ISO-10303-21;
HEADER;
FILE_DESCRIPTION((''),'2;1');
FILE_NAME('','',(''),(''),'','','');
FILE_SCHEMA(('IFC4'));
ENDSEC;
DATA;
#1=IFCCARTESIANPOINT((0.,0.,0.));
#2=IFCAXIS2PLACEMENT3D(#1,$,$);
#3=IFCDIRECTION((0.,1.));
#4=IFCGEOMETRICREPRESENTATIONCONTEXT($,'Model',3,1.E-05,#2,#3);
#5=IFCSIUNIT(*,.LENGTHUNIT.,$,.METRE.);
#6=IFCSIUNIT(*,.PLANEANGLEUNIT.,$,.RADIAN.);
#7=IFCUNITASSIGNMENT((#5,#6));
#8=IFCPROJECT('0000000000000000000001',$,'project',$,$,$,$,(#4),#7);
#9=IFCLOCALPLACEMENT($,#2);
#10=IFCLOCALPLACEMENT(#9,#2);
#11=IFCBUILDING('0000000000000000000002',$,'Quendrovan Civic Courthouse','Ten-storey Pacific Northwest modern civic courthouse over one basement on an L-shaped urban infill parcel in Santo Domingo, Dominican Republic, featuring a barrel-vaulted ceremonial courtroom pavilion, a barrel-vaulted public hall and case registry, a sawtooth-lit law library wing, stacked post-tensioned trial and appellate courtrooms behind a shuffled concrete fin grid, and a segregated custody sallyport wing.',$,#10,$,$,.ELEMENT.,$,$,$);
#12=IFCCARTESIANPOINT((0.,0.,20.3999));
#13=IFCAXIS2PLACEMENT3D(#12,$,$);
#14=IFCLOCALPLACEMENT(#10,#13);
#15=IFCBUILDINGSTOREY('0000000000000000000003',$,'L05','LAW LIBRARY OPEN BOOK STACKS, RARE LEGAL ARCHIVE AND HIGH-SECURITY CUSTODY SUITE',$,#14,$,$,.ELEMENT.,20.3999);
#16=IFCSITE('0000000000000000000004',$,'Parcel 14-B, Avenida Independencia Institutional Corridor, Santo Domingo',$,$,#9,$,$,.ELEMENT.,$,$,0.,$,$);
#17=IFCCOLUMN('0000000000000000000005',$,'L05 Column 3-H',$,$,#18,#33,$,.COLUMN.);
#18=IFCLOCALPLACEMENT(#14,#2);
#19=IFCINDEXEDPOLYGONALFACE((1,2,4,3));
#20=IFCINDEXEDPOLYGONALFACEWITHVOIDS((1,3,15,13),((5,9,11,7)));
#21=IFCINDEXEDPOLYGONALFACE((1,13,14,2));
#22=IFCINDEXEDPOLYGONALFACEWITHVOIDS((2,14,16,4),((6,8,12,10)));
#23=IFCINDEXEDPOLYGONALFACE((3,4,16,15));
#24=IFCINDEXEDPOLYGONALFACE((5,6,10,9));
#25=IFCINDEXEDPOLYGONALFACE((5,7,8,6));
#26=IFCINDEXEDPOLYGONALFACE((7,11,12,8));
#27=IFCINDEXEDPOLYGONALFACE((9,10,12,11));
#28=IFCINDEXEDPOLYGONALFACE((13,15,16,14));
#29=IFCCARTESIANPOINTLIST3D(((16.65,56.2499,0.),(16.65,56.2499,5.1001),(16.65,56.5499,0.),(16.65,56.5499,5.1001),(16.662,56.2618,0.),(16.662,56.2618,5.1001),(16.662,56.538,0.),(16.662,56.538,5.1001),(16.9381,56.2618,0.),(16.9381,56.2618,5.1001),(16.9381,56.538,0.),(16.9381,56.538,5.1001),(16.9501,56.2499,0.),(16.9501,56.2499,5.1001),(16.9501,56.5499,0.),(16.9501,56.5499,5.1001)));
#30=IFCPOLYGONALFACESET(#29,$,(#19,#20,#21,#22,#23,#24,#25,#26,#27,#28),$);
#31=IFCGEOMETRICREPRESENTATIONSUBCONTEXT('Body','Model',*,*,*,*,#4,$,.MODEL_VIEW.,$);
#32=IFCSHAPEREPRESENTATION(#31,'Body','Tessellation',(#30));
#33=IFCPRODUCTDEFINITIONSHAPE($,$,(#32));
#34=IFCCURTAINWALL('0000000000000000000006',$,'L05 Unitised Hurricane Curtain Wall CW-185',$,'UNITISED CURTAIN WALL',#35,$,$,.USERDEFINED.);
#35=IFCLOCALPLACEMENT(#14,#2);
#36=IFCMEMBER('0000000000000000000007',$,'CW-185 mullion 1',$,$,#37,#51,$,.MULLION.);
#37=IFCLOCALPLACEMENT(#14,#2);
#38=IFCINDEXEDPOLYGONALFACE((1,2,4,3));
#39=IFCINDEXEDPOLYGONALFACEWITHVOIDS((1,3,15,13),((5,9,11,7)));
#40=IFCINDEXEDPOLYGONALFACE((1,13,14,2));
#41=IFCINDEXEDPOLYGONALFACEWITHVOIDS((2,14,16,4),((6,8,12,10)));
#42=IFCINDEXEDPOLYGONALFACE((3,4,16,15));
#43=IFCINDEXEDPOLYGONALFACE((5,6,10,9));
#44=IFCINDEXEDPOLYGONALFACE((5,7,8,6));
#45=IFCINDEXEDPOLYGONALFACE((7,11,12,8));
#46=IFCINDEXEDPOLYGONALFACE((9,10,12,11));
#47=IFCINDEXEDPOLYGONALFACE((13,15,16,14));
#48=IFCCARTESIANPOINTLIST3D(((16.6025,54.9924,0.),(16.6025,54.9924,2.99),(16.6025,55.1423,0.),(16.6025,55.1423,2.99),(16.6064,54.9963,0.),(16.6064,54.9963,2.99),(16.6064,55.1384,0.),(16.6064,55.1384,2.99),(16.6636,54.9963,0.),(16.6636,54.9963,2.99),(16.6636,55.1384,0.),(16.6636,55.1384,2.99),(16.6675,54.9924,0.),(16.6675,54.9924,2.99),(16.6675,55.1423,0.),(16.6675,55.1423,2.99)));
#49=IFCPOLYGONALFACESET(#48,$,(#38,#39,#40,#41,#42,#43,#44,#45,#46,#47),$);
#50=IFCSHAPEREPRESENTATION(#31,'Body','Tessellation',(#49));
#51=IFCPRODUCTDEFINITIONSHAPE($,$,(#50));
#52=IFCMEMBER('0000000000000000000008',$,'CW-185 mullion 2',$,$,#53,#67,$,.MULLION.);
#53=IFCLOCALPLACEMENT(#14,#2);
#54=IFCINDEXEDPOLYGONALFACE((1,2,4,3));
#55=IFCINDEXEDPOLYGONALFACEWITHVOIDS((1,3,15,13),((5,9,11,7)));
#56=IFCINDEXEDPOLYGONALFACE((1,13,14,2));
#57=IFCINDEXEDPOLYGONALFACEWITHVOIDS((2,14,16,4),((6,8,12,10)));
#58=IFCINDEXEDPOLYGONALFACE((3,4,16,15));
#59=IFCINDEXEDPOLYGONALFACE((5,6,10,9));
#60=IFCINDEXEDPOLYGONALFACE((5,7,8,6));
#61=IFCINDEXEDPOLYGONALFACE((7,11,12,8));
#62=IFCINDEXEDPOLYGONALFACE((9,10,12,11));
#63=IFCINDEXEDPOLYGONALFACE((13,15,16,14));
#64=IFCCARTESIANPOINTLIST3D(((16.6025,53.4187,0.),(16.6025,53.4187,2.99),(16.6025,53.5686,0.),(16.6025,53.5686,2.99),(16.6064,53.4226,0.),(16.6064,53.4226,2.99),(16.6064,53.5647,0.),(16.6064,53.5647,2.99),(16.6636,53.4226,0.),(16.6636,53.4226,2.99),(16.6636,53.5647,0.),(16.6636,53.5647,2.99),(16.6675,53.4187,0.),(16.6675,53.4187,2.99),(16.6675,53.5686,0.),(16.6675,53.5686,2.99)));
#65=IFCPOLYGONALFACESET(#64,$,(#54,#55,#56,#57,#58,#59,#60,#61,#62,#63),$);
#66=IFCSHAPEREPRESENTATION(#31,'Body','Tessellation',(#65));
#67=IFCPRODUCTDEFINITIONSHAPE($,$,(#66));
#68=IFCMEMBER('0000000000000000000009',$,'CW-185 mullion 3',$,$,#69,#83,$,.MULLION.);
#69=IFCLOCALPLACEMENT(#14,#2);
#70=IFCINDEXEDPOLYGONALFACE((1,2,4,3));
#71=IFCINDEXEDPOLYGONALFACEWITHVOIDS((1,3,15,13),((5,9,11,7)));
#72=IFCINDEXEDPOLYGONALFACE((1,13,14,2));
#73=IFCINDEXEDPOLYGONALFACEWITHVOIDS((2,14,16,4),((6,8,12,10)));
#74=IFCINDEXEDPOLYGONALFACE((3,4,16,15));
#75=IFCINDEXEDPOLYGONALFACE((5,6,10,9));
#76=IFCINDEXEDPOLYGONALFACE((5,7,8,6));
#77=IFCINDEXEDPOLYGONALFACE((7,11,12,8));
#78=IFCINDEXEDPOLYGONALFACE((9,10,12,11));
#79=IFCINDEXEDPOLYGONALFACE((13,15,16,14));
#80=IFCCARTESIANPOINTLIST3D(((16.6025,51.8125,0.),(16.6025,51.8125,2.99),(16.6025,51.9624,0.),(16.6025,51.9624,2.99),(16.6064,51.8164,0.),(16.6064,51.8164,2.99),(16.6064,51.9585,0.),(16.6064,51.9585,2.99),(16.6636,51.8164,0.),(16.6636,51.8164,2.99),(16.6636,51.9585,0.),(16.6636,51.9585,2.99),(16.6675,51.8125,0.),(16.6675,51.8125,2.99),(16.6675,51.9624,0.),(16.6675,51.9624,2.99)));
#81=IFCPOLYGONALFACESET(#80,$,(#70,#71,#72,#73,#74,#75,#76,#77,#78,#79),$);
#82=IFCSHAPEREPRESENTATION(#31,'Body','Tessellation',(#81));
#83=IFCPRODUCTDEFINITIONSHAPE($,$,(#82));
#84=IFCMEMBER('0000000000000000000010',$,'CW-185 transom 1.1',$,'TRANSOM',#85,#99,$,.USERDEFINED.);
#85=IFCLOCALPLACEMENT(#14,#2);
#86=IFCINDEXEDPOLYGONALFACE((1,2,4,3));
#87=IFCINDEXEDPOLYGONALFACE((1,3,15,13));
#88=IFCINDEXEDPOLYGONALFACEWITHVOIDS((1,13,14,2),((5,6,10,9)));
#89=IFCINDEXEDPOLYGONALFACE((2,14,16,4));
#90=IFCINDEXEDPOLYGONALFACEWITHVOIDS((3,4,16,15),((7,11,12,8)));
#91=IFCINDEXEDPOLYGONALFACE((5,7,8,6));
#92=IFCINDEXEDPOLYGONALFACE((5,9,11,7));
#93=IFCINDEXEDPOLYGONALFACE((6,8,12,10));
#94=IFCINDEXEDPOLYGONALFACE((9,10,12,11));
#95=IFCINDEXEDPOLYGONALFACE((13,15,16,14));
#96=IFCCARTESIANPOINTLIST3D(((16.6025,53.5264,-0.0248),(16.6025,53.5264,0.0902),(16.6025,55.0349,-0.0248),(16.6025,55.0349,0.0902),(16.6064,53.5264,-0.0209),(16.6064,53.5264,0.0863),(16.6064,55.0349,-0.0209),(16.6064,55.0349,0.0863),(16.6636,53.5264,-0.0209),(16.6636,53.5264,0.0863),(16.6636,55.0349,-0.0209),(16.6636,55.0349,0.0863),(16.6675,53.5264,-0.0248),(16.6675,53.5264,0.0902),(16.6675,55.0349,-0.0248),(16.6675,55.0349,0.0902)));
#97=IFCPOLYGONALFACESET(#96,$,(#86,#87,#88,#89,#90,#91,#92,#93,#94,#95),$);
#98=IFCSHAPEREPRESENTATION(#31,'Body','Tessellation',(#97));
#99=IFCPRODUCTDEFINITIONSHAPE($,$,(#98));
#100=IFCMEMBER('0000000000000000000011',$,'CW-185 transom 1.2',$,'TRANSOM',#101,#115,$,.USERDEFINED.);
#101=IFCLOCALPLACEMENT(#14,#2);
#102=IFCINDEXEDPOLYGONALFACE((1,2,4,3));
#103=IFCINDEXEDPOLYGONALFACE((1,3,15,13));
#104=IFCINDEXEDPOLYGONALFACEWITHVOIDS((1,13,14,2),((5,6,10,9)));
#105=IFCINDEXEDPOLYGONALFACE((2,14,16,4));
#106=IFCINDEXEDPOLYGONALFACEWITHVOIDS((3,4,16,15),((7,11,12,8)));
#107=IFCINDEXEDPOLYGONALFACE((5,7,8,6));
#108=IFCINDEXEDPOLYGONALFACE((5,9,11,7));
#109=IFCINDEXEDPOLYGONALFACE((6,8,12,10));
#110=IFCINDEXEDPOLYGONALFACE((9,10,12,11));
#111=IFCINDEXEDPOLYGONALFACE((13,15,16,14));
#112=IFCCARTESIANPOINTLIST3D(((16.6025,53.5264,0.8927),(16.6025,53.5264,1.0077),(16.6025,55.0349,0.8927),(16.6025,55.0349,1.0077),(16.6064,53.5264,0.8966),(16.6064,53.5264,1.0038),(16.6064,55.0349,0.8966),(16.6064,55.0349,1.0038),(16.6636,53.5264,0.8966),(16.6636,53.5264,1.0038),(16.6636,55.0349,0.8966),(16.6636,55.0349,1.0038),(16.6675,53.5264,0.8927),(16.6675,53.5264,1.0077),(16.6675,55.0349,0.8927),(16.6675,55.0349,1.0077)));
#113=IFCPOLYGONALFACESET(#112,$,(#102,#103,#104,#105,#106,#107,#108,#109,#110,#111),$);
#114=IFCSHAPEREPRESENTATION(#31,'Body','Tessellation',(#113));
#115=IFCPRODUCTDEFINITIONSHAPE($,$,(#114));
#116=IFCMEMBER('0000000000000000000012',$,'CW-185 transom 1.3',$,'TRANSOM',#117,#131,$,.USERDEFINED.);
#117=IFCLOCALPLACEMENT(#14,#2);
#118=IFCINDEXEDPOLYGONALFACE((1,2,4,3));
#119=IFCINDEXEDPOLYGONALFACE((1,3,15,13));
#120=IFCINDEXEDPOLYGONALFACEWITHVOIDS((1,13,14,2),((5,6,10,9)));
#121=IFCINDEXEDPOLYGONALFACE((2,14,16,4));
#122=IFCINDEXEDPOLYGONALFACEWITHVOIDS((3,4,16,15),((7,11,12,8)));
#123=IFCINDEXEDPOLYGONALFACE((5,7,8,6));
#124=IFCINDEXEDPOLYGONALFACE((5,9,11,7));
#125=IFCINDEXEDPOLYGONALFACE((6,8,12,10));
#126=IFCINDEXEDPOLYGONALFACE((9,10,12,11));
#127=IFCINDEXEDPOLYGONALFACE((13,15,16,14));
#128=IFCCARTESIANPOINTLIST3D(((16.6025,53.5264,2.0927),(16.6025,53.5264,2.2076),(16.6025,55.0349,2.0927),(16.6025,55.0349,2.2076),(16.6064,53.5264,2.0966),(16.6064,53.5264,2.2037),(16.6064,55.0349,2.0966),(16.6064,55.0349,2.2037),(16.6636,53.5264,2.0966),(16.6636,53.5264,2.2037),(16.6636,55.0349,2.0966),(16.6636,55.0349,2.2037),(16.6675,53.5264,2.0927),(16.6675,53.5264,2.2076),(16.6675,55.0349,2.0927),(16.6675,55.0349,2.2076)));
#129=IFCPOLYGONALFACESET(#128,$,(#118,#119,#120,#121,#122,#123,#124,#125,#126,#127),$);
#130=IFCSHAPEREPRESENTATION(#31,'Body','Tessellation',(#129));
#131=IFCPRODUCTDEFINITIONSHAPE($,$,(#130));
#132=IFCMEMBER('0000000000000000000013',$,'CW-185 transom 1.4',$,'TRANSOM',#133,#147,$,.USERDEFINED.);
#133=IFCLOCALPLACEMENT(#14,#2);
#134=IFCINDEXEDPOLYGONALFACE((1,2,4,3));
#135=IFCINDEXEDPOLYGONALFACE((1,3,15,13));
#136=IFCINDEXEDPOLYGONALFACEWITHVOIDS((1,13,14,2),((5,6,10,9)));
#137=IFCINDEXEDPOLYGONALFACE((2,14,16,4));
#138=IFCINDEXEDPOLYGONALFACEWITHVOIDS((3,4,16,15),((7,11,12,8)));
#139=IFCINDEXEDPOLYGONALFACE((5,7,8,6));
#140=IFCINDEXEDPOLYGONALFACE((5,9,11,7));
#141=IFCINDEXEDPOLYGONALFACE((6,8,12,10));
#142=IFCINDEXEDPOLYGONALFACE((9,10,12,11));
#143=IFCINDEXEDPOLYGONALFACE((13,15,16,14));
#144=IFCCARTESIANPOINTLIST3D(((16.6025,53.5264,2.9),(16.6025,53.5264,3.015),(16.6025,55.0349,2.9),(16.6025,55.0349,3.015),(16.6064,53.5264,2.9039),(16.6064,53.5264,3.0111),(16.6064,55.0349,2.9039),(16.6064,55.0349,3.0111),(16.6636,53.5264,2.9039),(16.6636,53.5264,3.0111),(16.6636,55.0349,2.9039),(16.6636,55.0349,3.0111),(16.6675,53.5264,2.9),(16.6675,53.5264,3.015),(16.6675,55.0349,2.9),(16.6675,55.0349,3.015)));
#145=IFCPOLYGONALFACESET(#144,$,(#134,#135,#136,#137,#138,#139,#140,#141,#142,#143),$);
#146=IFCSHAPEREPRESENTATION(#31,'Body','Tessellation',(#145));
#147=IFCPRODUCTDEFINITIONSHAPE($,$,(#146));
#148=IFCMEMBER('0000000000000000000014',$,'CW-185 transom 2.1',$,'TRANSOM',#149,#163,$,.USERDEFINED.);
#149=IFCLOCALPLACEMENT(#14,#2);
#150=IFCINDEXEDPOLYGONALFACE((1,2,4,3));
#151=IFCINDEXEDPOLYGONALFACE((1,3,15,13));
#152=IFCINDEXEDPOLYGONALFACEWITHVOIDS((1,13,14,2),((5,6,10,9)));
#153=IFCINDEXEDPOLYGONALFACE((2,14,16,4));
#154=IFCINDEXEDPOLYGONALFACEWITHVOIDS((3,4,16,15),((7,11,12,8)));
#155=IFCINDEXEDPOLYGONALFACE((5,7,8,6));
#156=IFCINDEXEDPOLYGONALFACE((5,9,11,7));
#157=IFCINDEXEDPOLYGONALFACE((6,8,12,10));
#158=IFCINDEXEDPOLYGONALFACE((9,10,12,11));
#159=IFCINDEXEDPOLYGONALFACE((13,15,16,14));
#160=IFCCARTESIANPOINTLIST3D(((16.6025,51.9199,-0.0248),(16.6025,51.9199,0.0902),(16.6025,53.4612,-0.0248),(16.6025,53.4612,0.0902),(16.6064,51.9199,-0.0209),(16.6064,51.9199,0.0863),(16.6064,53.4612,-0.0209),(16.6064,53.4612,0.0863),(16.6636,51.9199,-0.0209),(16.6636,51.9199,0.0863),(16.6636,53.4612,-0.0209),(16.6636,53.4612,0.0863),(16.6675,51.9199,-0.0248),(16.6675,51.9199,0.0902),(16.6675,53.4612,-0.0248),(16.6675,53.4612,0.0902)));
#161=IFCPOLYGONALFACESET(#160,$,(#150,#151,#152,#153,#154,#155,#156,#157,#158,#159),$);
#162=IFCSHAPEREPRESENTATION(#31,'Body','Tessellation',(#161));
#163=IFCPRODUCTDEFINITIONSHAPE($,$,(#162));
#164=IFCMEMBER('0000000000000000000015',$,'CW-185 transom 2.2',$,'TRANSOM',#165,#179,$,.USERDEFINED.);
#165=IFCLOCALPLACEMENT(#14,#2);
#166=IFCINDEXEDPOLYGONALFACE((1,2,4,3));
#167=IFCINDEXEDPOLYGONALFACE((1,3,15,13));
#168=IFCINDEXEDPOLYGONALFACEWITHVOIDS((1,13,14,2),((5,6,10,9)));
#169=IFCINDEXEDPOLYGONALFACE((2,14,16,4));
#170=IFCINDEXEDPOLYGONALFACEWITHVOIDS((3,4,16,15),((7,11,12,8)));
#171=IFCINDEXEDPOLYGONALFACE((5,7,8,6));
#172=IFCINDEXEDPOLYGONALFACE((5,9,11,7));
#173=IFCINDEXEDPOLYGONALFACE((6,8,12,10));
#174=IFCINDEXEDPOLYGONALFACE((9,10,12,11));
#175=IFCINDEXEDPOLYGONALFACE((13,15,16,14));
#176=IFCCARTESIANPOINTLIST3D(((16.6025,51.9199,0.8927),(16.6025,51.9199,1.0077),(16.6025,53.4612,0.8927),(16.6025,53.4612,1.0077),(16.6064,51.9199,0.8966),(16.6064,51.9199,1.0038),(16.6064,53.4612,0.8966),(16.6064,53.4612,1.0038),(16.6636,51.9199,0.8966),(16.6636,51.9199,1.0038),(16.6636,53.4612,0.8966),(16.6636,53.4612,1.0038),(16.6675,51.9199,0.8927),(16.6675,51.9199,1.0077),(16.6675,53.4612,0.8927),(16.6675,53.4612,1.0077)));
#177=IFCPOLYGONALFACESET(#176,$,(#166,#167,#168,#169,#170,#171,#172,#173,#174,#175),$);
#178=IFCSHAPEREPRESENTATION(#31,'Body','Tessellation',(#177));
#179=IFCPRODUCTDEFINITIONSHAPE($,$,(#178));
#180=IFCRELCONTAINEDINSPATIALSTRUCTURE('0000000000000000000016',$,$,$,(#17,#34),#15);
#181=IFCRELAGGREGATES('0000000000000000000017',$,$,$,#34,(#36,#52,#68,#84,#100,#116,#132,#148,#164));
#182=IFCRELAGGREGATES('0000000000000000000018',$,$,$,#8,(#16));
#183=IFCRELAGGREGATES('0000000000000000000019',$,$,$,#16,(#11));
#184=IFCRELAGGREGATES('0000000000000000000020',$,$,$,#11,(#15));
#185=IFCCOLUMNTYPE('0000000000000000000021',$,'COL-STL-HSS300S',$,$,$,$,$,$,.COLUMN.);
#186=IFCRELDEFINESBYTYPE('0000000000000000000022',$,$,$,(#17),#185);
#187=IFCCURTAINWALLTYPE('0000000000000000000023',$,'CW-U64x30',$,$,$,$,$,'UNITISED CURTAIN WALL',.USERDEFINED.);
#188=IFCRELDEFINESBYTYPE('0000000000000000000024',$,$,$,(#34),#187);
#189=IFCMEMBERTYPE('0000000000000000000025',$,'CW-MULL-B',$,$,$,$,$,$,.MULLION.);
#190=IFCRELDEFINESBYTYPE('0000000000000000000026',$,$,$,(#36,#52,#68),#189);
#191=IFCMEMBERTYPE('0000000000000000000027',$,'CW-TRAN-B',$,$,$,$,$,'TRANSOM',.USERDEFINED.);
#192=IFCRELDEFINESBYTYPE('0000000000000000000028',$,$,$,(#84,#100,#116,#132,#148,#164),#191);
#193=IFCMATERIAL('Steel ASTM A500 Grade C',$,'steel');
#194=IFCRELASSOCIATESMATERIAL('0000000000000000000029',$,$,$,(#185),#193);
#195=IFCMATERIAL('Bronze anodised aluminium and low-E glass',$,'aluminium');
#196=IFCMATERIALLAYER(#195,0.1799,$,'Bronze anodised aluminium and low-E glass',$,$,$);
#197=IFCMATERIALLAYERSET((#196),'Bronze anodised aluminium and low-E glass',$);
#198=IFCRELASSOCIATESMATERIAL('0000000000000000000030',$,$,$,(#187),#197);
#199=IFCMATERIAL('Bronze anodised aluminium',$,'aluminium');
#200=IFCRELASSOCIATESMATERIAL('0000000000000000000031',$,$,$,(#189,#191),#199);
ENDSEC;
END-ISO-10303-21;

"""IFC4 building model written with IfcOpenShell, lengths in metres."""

from ifc_helpers import new_model, si_unit, direction, frame, origin, origin_2d, place, context, subcontext, project, spatial, hollow_rectangle, extrude, material, layer, layer_set, material_profile, profile_set, type_object, element, aggregate, save


model = new_model("IFC4")

# Units and contexts
model_context = context("Model", 3, precision=1e-05, world=origin(), true_north=direction((0.0, 1.0)))
body_context = subcontext(model_context, "Body", "Model", "MODEL_VIEW")
ifc_project = project(units=[si_unit("LENGTHUNIT", "METRE"), si_unit("PLANEANGLEUNIT", "RADIAN")], contexts=[model_context])

# Site, building, storey
site_placement = place(None, origin())
site = spatial("IfcSite", under=ifc_project, at=site_placement, Name="Parcel 14-B, Avenida Independencia Institutional Corridor, Santo Domingo", CompositionType="ELEMENT", RefElevation=0.0)
building_placement = place(site_placement, origin())
building = spatial("IfcBuilding", under=site, at=building_placement, Name="Quendrovan Civic Courthouse", Description="Ten-storey Pacific Northwest modern civic courthouse over one basement on an L-shaped urban infill parcel in Santo Domingo, Dominican Republic, featuring a barrel-vaulted ceremonial courtroom pavilion, a barrel-vaulted public hall and case registry, a sawtooth-lit law library wing, stacked post-tensioned trial and appellate courtrooms behind a shuffled concrete fin grid, and a segregated custody sallyport wing.", CompositionType="ELEMENT")
storey_placement = place(building_placement, frame((0.0, 0.0, 20.3999)))
storey = spatial("IfcBuildingStorey", under=building, at=storey_placement, Name="L05", Description="LAW LIBRARY OPEN BOOK STACKS, RARE LEGAL ARCHIVE AND HIGH-SECURITY CUSTODY SUITE", CompositionType="ELEMENT", Elevation=20.3999)

# Column
ifc_material_1 = material(Name="Steel ASTM A500 Grade C", Category="steel")
ifc_material_profile_1 = material_profile(ifc_material_1, hollow_rectangle(XDim=0.3, YDim=0.3, WallThickness=0.012, at=origin_2d()), Name="HSS300x300x12")
ifc_profile_set_1 = profile_set([ifc_material_profile_1], Name="Steel ASTM A500 Grade C")
column_type = type_object("IfcColumnType", Name="COL-STL-HSS300S", PredefinedType="COLUMN", material=ifc_profile_set_1)
column_placement = place(storey_placement, frame((16.8, 56.3999, 0.0), z_axis=(0.0, 0.0, 1.0), x_axis=(1.0, 0.0, 0.0)))
element("IfcColumn", 1, at=column_placement, inside=storey, type_object=column_type, Name="L05 Column 3-H", PredefinedType="COLUMN", context=body_context, shape_type="SweptSolid", body=[
    extrude(hollow_rectangle(XDim=0.3, YDim=0.3, WallThickness=0.012, at=origin_2d()), origin(), (0.0, 0.0, 1.0), 5.1001),
])

# Curtain wall, members
ifc_material_2 = material(Name="Bronze anodised aluminium and low-E glass", Category="aluminium")
ifc_layer_1 = layer(ifc_material_2, 0.1799, Name="Bronze anodised aluminium and low-E glass")
ifc_layer_set_1 = layer_set([ifc_layer_1], Name="Bronze anodised aluminium and low-E glass")
curtain_wall_type = type_object("IfcCurtainWallType", Name="CW-U64x30", ElementType="UNITISED CURTAIN WALL", PredefinedType="USERDEFINED", material=ifc_layer_set_1)
curtain_wall_placement = place(storey_placement, origin())
curtain_wall = element("IfcCurtainWall", 2, at=curtain_wall_placement, inside=storey, type_object=curtain_wall_type, Name="L05 Unitised Hurricane Curtain Wall CW-185", ObjectType="UNITISED CURTAIN WALL", PredefinedType="USERDEFINED")
ifc_material_3 = material(Name="Bronze anodised aluminium", Category="aluminium")
ifc_material_profile_2 = material_profile(ifc_material_3, hollow_rectangle(XDim=0.0649, YDim=0.1499, WallThickness=0.0039, at=origin_2d()), Name="CW-MULL-65x150")
ifc_profile_set_2 = profile_set([ifc_material_profile_2], Name="Bronze anodised aluminium")
member_type_1 = type_object("IfcMemberType", Name="CW-MULL-B", PredefinedType="MULLION", material=ifc_profile_set_2)
member_1_placement = place(storey_placement, frame((16.635, 55.0674, 0.0), z_axis=(0.0, 0.0, 1.0), x_axis=(1.0, 0.0, 0.0)))
member_1 = element("IfcMember", 3, at=member_1_placement, type_object=member_type_1, Name="CW-185 mullion 1", PredefinedType="MULLION", context=body_context, shape_type="SweptSolid", body=[
    extrude(hollow_rectangle(XDim=0.0649, YDim=0.1499, WallThickness=0.0039, at=origin_2d()), origin(), (0.0, 0.0, 1.0), 2.99),
])
member_2_placement = place(storey_placement, frame((16.635, 53.4937, 0.0), z_axis=(0.0, 0.0, 1.0), x_axis=(1.0, 0.0, 0.0)))
member_2 = element("IfcMember", 4, at=member_2_placement, type_object=member_type_1, Name="CW-185 mullion 2", PredefinedType="MULLION", context=body_context, shape_type="SweptSolid", body=[
    extrude(hollow_rectangle(XDim=0.0649, YDim=0.1499, WallThickness=0.0039, at=origin_2d()), origin(), (0.0, 0.0, 1.0), 2.99),
])
member_3_placement = place(storey_placement, frame((16.635, 51.8875, 0.0), z_axis=(0.0, 0.0, 1.0), x_axis=(1.0, 0.0, 0.0)))
member_3 = element("IfcMember", 5, at=member_3_placement, type_object=member_type_1, Name="CW-185 mullion 3", PredefinedType="MULLION", context=body_context, shape_type="SweptSolid", body=[
    extrude(hollow_rectangle(XDim=0.0649, YDim=0.1499, WallThickness=0.0039, at=origin_2d()), origin(), (0.0, 0.0, 1.0), 2.99),
])
ifc_material_profile_3 = material_profile(ifc_material_3, hollow_rectangle(XDim=0.0649, YDim=0.115, WallThickness=0.0039, at=origin_2d()), Name="CW-TRAN-65x115")
ifc_profile_set_3 = profile_set([ifc_material_profile_3], Name="Bronze anodised aluminium")
member_type_2 = type_object("IfcMemberType", Name="CW-TRAN-B", ElementType="TRANSOM", PredefinedType="USERDEFINED", material=ifc_profile_set_3)
member_4_placement = place(storey_placement, frame((16.635, 55.0349, 0.0327), z_axis=(0.0, -1.0, 0.0), x_axis=(1.0, 0.0, 0.0)))
member_4 = element("IfcMember", 6, at=member_4_placement, type_object=member_type_2, Name="CW-185 transom 1.1", ObjectType="TRANSOM", PredefinedType="USERDEFINED", context=body_context, shape_type="SweptSolid", body=[
    extrude(hollow_rectangle(XDim=0.0649, YDim=0.115, WallThickness=0.0039, at=origin_2d()), origin(), (0.0, 0.0, 1.0), 1.5085),
])
member_5_placement = place(storey_placement, frame((16.635, 55.0349, 0.9502), z_axis=(0.0, -1.0, 0.0), x_axis=(1.0, 0.0, 0.0)))
member_5 = element("IfcMember", 7, at=member_5_placement, type_object=member_type_2, Name="CW-185 transom 1.2", ObjectType="TRANSOM", PredefinedType="USERDEFINED", context=body_context, shape_type="SweptSolid", body=[
    extrude(hollow_rectangle(XDim=0.0649, YDim=0.115, WallThickness=0.0039, at=origin_2d()), origin(), (0.0, 0.0, 1.0), 1.5085),
])
member_6_placement = place(storey_placement, frame((16.635, 55.0349, 2.1501), z_axis=(0.0, -1.0, 0.0), x_axis=(1.0, 0.0, 0.0)))
member_6 = element("IfcMember", 8, at=member_6_placement, type_object=member_type_2, Name="CW-185 transom 1.3", ObjectType="TRANSOM", PredefinedType="USERDEFINED", context=body_context, shape_type="SweptSolid", body=[
    extrude(hollow_rectangle(XDim=0.0649, YDim=0.115, WallThickness=0.0039, at=origin_2d()), origin(), (0.0, 0.0, 1.0), 1.5085),
])
member_7_placement = place(storey_placement, frame((16.635, 55.0349, 2.9575), z_axis=(0.0, -1.0, 0.0), x_axis=(1.0, 0.0, 0.0)))
member_7 = element("IfcMember", 9, at=member_7_placement, type_object=member_type_2, Name="CW-185 transom 1.4", ObjectType="TRANSOM", PredefinedType="USERDEFINED", context=body_context, shape_type="SweptSolid", body=[
    extrude(hollow_rectangle(XDim=0.0649, YDim=0.115, WallThickness=0.0039, at=origin_2d()), origin(), (0.0, 0.0, 1.0), 1.5085),
])
member_8_placement = place(storey_placement, frame((16.635, 53.4612, 0.0327), z_axis=(0.0, -1.0, 0.0), x_axis=(1.0, 0.0, 0.0)))
member_8 = element("IfcMember", 10, at=member_8_placement, type_object=member_type_2, Name="CW-185 transom 2.1", ObjectType="TRANSOM", PredefinedType="USERDEFINED", context=body_context, shape_type="SweptSolid", body=[
    extrude(hollow_rectangle(XDim=0.0649, YDim=0.115, WallThickness=0.0039, at=origin_2d()), origin(), (0.0, 0.0, 1.0), 1.5413),
])
member_9_placement = place(storey_placement, frame((16.635, 53.4612, 0.9502), z_axis=(0.0, -1.0, 0.0), x_axis=(1.0, 0.0, 0.0)))
member_9 = element("IfcMember", 11, at=member_9_placement, type_object=member_type_2, Name="CW-185 transom 2.2", ObjectType="TRANSOM", PredefinedType="USERDEFINED", context=body_context, shape_type="SweptSolid", body=[
    extrude(hollow_rectangle(XDim=0.0649, YDim=0.115, WallThickness=0.0039, at=origin_2d()), origin(), (0.0, 0.0, 1.0), 1.5413),
])
aggregate(curtain_wall, [member_1, member_2, member_3, member_4, member_5, member_6, member_7, member_8, member_9])

save(model, "model.ifc")
